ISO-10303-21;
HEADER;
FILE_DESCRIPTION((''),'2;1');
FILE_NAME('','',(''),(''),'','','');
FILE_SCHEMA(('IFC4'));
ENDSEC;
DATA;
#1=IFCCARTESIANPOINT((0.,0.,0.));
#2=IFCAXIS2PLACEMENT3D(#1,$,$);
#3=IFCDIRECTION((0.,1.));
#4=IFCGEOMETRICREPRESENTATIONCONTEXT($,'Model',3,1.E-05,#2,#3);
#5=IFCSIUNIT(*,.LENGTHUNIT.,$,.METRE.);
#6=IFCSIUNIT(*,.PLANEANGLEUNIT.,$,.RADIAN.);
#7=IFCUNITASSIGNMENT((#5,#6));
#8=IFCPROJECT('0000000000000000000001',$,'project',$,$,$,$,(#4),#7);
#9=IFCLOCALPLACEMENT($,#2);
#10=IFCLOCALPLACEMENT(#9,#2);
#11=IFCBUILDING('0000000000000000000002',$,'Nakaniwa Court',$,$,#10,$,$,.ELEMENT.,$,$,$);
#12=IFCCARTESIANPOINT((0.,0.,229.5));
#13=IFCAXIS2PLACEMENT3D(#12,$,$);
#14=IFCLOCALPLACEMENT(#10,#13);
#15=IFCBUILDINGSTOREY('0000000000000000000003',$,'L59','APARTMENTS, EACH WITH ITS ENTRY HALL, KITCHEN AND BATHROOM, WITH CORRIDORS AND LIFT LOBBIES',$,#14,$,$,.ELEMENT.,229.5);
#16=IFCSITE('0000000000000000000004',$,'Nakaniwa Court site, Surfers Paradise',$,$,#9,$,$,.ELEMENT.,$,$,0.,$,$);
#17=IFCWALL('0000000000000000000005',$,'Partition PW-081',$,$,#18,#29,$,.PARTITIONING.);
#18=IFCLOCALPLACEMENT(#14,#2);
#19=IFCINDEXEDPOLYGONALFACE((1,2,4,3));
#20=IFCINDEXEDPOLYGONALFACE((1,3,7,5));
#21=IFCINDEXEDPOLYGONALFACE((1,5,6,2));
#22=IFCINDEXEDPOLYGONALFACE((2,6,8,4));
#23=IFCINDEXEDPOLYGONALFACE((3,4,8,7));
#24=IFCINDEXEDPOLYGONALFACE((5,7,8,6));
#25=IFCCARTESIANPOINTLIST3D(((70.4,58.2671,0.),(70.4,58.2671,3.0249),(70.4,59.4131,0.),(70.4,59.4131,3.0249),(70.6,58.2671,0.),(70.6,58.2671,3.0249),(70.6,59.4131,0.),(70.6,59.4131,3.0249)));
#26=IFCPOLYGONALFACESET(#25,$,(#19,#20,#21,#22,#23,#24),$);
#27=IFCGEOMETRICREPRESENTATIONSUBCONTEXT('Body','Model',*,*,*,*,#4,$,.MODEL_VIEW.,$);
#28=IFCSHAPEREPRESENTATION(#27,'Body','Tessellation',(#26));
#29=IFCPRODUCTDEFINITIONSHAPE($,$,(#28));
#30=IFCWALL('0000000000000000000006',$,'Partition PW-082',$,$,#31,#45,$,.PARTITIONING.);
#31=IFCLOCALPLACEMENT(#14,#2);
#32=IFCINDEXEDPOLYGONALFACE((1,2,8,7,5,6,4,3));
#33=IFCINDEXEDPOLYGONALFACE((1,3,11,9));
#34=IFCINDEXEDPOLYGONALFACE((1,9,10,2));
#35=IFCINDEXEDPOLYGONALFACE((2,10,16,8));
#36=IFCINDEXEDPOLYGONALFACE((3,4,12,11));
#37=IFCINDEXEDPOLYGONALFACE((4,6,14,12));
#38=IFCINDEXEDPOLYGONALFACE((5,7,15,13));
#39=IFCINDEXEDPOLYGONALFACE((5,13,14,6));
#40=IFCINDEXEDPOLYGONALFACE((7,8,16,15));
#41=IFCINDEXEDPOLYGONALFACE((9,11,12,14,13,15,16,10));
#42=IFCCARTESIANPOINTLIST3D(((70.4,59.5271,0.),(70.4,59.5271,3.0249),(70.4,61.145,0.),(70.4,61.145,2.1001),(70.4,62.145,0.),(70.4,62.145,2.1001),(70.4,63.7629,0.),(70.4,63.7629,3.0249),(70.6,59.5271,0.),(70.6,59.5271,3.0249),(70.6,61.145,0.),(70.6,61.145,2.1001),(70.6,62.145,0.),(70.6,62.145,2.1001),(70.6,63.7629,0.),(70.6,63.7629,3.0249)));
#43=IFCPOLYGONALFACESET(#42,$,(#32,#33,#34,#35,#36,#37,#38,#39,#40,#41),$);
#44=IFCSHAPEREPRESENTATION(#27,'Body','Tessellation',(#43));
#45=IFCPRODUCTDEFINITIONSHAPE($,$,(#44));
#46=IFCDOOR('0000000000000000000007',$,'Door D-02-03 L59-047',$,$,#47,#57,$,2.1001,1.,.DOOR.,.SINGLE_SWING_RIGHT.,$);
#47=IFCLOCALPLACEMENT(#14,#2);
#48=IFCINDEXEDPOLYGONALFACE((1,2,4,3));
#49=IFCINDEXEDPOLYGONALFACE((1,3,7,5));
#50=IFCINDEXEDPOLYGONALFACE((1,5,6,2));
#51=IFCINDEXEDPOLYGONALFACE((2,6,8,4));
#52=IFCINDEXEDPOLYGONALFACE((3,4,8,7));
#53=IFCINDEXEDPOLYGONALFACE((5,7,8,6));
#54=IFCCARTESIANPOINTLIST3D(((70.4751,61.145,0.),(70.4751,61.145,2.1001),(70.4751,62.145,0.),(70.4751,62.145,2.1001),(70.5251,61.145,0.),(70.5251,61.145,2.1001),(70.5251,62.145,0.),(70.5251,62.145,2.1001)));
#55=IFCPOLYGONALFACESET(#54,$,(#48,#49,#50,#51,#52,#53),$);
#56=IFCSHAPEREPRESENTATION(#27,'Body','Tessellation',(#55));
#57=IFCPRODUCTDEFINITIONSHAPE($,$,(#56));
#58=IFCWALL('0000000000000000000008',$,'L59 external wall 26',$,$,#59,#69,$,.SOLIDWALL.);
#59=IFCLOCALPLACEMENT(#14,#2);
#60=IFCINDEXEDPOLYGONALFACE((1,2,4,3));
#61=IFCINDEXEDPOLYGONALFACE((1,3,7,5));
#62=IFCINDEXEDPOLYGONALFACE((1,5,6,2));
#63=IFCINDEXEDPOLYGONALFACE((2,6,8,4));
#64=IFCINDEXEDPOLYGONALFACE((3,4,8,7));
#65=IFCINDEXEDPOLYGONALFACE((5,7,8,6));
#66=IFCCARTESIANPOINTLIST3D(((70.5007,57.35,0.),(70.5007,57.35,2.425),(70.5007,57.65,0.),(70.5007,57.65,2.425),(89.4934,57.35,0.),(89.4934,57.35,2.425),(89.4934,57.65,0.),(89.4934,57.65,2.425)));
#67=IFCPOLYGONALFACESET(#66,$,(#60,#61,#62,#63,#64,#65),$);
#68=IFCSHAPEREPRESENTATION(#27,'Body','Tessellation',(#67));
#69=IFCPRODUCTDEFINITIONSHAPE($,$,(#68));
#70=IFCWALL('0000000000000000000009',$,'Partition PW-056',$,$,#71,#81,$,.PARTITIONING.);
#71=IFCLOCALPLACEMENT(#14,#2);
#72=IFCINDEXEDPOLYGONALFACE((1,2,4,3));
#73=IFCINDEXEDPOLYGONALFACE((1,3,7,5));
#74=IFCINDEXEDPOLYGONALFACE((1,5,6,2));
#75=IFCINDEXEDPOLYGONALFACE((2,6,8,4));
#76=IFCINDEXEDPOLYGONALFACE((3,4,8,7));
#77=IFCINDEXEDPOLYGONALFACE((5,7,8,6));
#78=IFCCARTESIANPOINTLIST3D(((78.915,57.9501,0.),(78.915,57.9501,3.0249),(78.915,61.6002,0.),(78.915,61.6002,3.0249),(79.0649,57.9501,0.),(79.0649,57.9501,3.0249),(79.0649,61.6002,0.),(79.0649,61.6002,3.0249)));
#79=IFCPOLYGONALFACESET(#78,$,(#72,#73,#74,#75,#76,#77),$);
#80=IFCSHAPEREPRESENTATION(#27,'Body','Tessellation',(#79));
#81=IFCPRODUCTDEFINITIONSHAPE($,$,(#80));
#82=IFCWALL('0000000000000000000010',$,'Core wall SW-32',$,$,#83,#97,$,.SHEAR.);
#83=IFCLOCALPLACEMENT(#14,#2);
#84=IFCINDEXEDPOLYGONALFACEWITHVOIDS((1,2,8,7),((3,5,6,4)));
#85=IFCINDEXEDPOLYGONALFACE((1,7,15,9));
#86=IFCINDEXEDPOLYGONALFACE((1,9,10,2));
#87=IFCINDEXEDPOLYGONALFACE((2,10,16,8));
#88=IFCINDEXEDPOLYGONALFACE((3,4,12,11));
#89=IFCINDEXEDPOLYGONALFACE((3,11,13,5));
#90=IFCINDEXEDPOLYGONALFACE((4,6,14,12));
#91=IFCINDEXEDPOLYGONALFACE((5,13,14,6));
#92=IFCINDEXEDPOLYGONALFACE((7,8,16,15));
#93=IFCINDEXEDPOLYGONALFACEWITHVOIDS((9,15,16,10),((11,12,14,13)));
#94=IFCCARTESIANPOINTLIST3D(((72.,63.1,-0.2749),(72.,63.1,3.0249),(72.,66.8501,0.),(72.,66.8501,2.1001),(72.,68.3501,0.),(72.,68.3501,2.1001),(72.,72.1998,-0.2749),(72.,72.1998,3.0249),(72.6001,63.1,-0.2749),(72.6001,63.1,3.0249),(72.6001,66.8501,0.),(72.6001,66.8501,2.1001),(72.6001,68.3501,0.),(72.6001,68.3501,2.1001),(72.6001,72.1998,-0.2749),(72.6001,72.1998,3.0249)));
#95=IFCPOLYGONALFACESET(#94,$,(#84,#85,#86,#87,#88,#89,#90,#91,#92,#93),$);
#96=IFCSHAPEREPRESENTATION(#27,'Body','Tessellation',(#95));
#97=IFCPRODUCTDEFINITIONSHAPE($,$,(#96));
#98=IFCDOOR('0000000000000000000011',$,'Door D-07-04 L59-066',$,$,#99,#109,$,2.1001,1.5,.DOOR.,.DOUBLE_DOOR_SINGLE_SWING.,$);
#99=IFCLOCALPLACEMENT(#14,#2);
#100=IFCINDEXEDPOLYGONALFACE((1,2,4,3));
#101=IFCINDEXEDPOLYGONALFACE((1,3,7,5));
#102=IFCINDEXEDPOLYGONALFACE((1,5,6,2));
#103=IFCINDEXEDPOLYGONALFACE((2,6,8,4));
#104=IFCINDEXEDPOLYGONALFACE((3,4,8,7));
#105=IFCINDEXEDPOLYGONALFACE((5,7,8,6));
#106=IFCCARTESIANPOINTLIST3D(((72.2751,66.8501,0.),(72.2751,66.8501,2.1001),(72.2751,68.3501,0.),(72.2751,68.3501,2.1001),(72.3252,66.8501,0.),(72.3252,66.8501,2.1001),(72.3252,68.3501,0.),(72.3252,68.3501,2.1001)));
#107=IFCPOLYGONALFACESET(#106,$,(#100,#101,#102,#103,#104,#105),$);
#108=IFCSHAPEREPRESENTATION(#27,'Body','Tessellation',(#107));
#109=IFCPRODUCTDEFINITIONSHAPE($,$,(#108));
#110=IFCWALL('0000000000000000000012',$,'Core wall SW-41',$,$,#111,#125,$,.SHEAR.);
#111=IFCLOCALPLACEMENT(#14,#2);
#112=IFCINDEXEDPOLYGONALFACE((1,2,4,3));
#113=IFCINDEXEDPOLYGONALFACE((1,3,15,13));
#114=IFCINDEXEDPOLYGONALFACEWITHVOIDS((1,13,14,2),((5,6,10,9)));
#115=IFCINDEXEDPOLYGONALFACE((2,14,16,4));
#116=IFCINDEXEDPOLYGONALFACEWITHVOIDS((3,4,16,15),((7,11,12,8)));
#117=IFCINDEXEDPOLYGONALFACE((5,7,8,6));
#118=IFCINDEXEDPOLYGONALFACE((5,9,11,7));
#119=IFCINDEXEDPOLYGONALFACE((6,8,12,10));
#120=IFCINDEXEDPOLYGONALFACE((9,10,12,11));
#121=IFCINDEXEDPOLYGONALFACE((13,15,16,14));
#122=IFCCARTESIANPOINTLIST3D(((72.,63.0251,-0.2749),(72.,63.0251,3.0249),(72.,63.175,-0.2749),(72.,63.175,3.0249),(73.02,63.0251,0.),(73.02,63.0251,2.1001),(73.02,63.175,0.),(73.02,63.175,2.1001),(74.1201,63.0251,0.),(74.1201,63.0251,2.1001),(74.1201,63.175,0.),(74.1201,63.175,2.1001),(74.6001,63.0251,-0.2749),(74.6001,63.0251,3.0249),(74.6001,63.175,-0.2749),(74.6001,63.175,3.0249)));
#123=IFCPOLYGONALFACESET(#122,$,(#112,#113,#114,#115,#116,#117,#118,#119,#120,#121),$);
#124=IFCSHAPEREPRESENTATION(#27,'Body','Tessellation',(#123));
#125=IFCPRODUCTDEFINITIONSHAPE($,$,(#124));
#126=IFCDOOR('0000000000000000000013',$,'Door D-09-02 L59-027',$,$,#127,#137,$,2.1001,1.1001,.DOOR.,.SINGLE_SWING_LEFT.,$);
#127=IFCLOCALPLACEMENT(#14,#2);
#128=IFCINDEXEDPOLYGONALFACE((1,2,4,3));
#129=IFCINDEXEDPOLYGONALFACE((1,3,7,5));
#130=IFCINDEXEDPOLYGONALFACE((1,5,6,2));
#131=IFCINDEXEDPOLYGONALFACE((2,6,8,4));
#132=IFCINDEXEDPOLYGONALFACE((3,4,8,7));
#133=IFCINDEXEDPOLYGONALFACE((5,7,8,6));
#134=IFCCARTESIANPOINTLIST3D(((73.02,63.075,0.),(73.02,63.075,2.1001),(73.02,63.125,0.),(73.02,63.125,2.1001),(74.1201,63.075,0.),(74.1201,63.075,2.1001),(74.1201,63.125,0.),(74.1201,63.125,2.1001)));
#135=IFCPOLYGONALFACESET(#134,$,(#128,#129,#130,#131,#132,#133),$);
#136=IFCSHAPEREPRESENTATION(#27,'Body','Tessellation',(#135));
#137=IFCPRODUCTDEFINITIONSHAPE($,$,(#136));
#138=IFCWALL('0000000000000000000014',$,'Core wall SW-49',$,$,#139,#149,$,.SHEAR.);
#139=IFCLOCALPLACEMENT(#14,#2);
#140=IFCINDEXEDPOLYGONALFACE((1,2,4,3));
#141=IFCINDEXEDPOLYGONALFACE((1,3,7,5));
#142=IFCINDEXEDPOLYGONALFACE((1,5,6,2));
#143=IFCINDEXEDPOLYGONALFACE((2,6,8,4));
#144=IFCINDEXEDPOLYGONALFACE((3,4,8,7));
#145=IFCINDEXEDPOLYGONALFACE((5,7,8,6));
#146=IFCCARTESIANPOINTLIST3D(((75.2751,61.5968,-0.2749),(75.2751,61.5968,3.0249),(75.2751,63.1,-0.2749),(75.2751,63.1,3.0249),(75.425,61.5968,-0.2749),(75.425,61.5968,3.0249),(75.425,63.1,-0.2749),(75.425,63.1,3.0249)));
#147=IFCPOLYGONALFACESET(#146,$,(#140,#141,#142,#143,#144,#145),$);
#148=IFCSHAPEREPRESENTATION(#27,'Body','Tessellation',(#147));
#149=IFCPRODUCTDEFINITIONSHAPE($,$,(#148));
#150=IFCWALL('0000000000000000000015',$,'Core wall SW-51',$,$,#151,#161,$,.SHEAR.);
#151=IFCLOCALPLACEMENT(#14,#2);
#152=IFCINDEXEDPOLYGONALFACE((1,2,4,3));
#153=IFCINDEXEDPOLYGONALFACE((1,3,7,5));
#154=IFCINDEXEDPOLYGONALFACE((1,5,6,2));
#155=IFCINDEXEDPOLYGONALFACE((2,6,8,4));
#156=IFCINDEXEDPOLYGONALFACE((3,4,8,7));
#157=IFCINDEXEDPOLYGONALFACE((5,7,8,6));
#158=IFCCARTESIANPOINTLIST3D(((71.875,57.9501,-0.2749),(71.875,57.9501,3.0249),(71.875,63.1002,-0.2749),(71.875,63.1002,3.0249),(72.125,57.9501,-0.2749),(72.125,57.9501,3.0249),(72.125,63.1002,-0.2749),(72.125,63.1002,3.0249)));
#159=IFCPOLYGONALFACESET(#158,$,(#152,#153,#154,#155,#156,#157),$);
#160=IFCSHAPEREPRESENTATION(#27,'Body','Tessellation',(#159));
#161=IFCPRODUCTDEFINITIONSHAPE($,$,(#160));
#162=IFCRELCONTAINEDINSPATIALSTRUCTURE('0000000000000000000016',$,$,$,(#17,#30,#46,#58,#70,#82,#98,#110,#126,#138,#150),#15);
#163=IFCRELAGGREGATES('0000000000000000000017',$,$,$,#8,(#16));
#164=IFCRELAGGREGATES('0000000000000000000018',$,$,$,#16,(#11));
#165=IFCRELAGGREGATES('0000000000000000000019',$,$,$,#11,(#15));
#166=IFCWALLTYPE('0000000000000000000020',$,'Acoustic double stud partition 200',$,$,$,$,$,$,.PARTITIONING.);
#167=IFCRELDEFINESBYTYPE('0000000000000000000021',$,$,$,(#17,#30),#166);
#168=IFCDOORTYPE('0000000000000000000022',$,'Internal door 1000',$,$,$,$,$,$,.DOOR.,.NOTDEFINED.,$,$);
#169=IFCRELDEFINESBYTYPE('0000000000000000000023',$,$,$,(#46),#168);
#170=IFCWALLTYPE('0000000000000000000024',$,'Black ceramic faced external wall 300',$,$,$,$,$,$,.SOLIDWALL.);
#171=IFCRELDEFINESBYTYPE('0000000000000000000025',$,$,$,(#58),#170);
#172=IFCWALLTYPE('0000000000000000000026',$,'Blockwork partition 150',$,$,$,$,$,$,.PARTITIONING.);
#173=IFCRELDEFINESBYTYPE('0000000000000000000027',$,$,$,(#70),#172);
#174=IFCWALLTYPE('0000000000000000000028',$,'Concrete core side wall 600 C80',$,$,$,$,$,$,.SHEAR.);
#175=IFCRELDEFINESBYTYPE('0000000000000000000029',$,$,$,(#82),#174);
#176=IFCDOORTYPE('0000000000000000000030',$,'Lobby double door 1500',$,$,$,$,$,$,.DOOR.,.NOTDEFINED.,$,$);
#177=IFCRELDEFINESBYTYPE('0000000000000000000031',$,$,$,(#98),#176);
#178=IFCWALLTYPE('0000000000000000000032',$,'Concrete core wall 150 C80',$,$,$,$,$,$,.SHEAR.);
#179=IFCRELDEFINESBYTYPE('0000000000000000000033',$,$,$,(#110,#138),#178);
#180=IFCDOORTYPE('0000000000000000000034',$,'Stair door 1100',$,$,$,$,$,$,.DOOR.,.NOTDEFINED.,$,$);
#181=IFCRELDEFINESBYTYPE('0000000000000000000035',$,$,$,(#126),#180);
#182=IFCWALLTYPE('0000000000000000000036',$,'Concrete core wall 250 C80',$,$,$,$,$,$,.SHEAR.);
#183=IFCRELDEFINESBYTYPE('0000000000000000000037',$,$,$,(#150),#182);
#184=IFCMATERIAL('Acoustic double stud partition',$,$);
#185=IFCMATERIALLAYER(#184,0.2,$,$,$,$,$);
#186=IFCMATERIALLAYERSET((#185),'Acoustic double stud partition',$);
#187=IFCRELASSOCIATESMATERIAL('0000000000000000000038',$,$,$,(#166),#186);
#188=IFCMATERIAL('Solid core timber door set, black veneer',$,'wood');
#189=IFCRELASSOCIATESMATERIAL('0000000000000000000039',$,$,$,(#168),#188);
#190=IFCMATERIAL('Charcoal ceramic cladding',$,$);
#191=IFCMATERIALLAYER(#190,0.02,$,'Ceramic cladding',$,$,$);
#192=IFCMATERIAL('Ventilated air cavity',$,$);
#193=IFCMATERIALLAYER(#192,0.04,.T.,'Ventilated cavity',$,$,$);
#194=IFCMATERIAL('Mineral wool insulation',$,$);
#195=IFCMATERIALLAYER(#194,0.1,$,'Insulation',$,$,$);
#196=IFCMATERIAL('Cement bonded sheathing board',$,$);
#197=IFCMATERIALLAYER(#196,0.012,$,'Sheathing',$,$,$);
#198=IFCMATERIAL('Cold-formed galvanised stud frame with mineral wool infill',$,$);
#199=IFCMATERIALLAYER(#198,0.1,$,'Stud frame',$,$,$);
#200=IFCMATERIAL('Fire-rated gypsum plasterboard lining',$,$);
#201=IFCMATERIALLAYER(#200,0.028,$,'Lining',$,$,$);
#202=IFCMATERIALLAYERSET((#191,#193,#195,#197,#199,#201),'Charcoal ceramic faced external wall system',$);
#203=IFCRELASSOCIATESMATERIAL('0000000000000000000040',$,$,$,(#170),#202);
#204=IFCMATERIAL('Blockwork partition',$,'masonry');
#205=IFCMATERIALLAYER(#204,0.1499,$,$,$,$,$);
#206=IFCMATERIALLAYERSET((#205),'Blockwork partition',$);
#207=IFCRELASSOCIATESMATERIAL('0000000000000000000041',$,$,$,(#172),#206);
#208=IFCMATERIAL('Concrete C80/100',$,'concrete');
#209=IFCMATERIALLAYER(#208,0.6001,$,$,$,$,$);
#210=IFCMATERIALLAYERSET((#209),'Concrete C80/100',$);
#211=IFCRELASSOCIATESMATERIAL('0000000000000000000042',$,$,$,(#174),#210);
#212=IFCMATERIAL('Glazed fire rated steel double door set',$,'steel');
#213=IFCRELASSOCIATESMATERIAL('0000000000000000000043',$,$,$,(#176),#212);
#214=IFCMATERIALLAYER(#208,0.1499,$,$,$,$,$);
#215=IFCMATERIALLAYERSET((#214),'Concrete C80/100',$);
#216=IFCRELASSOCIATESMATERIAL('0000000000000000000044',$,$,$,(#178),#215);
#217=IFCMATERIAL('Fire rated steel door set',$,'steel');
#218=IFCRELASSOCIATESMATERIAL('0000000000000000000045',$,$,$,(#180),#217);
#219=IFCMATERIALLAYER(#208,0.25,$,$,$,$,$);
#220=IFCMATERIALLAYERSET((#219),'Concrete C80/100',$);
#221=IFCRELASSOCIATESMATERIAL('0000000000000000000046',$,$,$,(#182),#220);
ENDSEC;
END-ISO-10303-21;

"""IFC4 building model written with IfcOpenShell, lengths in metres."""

from ifc_helpers import new_model, si_unit, direction, frame, frame_2d, origin, place, context, subcontext, project, spatial, rectangle, extrude, material, layer, layer_set, type_object, element, fill, save


model = new_model("IFC4")

# Units and contexts
model_context = context("Model", 3, precision=1e-05, world=origin(), true_north=direction((0.0, 1.0)))
body_context = subcontext(model_context, "Body", "Model", "MODEL_VIEW")
ifc_project = project(units=[si_unit("LENGTHUNIT", "METRE"), si_unit("PLANEANGLEUNIT", "RADIAN")], contexts=[model_context])

# Site, building, storey
site_placement = place(None, origin())
site = spatial("IfcSite", under=ifc_project, at=site_placement, Name="Nakaniwa Court site, Surfers Paradise", CompositionType="ELEMENT", RefElevation=0.0)
building_placement = place(site_placement, origin())
building = spatial("IfcBuilding", under=site, at=building_placement, Name="Nakaniwa Court", CompositionType="ELEMENT")
storey_placement = place(building_placement, frame((0.0, 0.0, 229.5)))
storey = spatial("IfcBuildingStorey", under=building, at=storey_placement, Name="L59", Description="APARTMENTS, EACH WITH ITS ENTRY HALL, KITCHEN AND BATHROOM, WITH CORRIDORS AND LIFT LOBBIES", CompositionType="ELEMENT", Elevation=229.5)

# Wall
ifc_material_1 = material(Name="Acoustic double stud partition")
ifc_layer_1 = layer(ifc_material_1, 0.2)
ifc_layer_set_1 = layer_set([ifc_layer_1], Name="Acoustic double stud partition")
wall_type_1 = type_object("IfcWallType", Name="Acoustic double stud partition 200", PredefinedType="PARTITIONING", material=ifc_layer_set_1)
wall_1_placement = place(storey_placement, frame((70.5, 58.2671, 0.0), z_axis=(0.0, 0.0, 1.0), x_axis=(0.0, 1.0, 0.0)))
element("IfcWall", 1, at=wall_1_placement, inside=storey, type_object=wall_type_1, Name="Partition PW-081", PredefinedType="PARTITIONING", context=body_context, shape_type="SweptSolid", body=[
    extrude(rectangle(XDim=1.146, YDim=0.2, at=frame_2d((0.573, 0.0))), origin(), (0.0, 0.0, 1.0), 3.0249),
])

# Wall, opening, door
wall_2_placement = place(storey_placement, frame((70.5, 59.5271, 0.0), z_axis=(0.0, 0.0, 1.0), x_axis=(0.0, 1.0, 0.0)))
wall_2 = element("IfcWall", 2, at=wall_2_placement, inside=storey, type_object=wall_type_1, Name="Partition PW-082", PredefinedType="PARTITIONING", context=body_context, shape_type="SweptSolid", body=[
    extrude(rectangle(XDim=4.2358, YDim=0.2, at=frame_2d((2.1179, 0.0))), origin(), (0.0, 0.0, 1.0), 3.0249),
])
opening_1_placement = place(wall_2_placement, frame((1.6179, 0.0, 0.0)))
opening_1 = element("IfcOpeningElement", 3, at=opening_1_placement, cuts=wall_2, PredefinedType="OPENING", context=body_context, shape_type="SweptSolid", body=[
    extrude(rectangle(XDim=1.0, YDim=2.1001, at=frame_2d((0.5, 1.05))), frame((0.0, 0.1099, 0.0), z_axis=(0.0, -1.0, 0.0), x_axis=(1.0, 0.0, 0.0)), (0.0, 0.0, 1.0), 0.22),
])
ifc_material_2 = material(Name="Solid core timber door set, black veneer", Category="wood")
door_type_1 = type_object("IfcDoorType", Name="Internal door 1000", OperationType="NOTDEFINED", PredefinedType="DOOR", material=ifc_material_2)
door_1_placement = place(opening_1_placement, origin())
door_1 = element("IfcDoor", 4, at=door_1_placement, inside=storey, type_object=door_type_1, Name="Door D-02-03 L59-047", OperationType="SINGLE_SWING_RIGHT", OverallHeight=2.1001, OverallWidth=1.0, PredefinedType="DOOR", context=body_context, shape_type="SweptSolid", body=[
    extrude(rectangle(XDim=1.0, YDim=2.1001, at=frame_2d((0.5, 1.05))), frame((0.0, 0.0249, 0.0), z_axis=(0.0, -1.0, 0.0), x_axis=(1.0, 0.0, 0.0)), (0.0, 0.0, 1.0), 0.05),
])
fill(opening_1, door_1)

# Walls
ifc_material_3 = material(Name="Charcoal ceramic cladding")
ifc_layer_2 = layer(ifc_material_3, 0.02, Name="Ceramic cladding")
ifc_material_4 = material(Name="Ventilated air cavity")
ifc_layer_3 = layer(ifc_material_4, 0.04, ventilated=True, Name="Ventilated cavity")
ifc_material_5 = material(Name="Mineral wool insulation")
ifc_layer_4 = layer(ifc_material_5, 0.1, Name="Insulation")
ifc_material_6 = material(Name="Cement bonded sheathing board")
ifc_layer_5 = layer(ifc_material_6, 0.012, Name="Sheathing")
ifc_material_7 = material(Name="Cold-formed galvanised stud frame with mineral wool infill")
ifc_layer_6 = layer(ifc_material_7, 0.1, Name="Stud frame")
ifc_material_8 = material(Name="Fire-rated gypsum plasterboard lining")
ifc_layer_7 = layer(ifc_material_8, 0.028, Name="Lining")
ifc_layer_set_2 = layer_set([ifc_layer_2, ifc_layer_3, ifc_layer_4, ifc_layer_5, ifc_layer_6, ifc_layer_7], Name="Charcoal ceramic faced external wall system")
wall_type_2 = type_object("IfcWallType", Name="Black ceramic faced external wall 300", PredefinedType="SOLIDWALL", material=ifc_layer_set_2)
wall_3_placement = place(storey_placement, frame((70.5007, 57.5, 0.0), z_axis=(0.0, 0.0, 1.0), x_axis=(1.0, 0.0, 0.0)))
element("IfcWall", 5, at=wall_3_placement, inside=storey, type_object=wall_type_2, Name="L59 external wall 26", PredefinedType="SOLIDWALL", context=body_context, shape_type="SweptSolid", body=[
    extrude(rectangle(XDim=18.9927, YDim=0.3, at=frame_2d((9.4963, 0.0))), origin(), (0.0, 0.0, 1.0), 2.425),
])
ifc_material_9 = material(Name="Blockwork partition", Category="masonry")
ifc_layer_8 = layer(ifc_material_9, 0.1499)
ifc_layer_set_3 = layer_set([ifc_layer_8], Name="Blockwork partition")
wall_type_3 = type_object("IfcWallType", Name="Blockwork partition 150", PredefinedType="PARTITIONING", material=ifc_layer_set_3)
wall_4_placement = place(storey_placement, frame((78.99, 57.95, 0.0), z_axis=(0.0, 0.0, 1.0), x_axis=(0.0, 1.0, 0.0)))
element("IfcWall", 6, at=wall_4_placement, inside=storey, type_object=wall_type_3, Name="Partition PW-056", PredefinedType="PARTITIONING", context=body_context, shape_type="SweptSolid", body=[
    extrude(rectangle(XDim=3.6501, YDim=0.1499, at=frame_2d((1.8252, 0.0))), origin(), (0.0, 0.0, 1.0), 3.0249),
])

# Walls, openings, doors
ifc_material_10 = material(Name="Concrete C80/100", Category="concrete")
ifc_layer_9 = layer(ifc_material_10, 0.6001)
ifc_layer_set_4 = layer_set([ifc_layer_9], Name="Concrete C80/100")
wall_type_4 = type_object("IfcWallType", Name="Concrete core side wall 600 C80", PredefinedType="SHEAR", material=ifc_layer_set_4)
wall_5_placement = place(storey_placement, frame((72.3, 63.1001, -0.2749), z_axis=(0.0, 0.0, 1.0), x_axis=(0.0, 1.0, 0.0)))
wall_5 = element("IfcWall", 7, at=wall_5_placement, inside=storey, type_object=wall_type_4, Name="Core wall SW-32", PredefinedType="SHEAR", context=body_context, shape_type="SweptSolid", body=[
    extrude(rectangle(XDim=9.0999, YDim=0.6001, at=frame_2d((4.5498, 0.0))), origin(), (0.0, 0.0, 1.0), 3.2998),
])
opening_2_placement = place(wall_5_placement, frame((3.75, 0.0, 0.2749)))
opening_2 = element("IfcOpeningElement", 8, at=opening_2_placement, cuts=wall_5, PredefinedType="OPENING", context=body_context, shape_type="SweptSolid", body=[
    extrude(rectangle(XDim=1.5, YDim=2.1001, at=frame_2d((0.75, 1.05))), frame((0.0, 0.3101, 0.0), z_axis=(0.0, -1.0, 0.0), x_axis=(1.0, 0.0, 0.0)), (0.0, 0.0, 1.0), 0.6201),
])
ifc_material_11 = material(Name="Glazed fire rated steel double door set", Category="steel")
door_type_2 = type_object("IfcDoorType", Name="Lobby double door 1500", OperationType="NOTDEFINED", PredefinedType="DOOR", material=ifc_material_11)
door_2_placement = place(opening_2_placement, origin())
door_2 = element("IfcDoor", 9, at=door_2_placement, inside=storey, type_object=door_type_2, Name="Door D-07-04 L59-066", OperationType="DOUBLE_DOOR_SINGLE_SWING", OverallHeight=2.1001, OverallWidth=1.5, PredefinedType="DOOR", context=body_context, shape_type="SweptSolid", body=[
    extrude(rectangle(XDim=1.5, YDim=2.1001, at=frame_2d((0.75, 1.05))), frame((0.0, 0.0249, 0.0), z_axis=(0.0, -1.0, 0.0), x_axis=(1.0, 0.0, 0.0)), (0.0, 0.0, 1.0), 0.05),
])
fill(opening_2, door_2)
ifc_layer_10 = layer(ifc_material_10, 0.1499)
ifc_layer_set_5 = layer_set([ifc_layer_10], Name="Concrete C80/100")
wall_type_5 = type_object("IfcWallType", Name="Concrete core wall 150 C80", PredefinedType="SHEAR", material=ifc_layer_set_5)
wall_6_placement = place(storey_placement, frame((72.0, 63.1001, -0.2749), z_axis=(0.0, 0.0, 1.0), x_axis=(1.0, 0.0, 0.0)))
wall_6 = element("IfcWall", 10, at=wall_6_placement, inside=storey, type_object=wall_type_5, Name="Core wall SW-41", PredefinedType="SHEAR", context=body_context, shape_type="SweptSolid", body=[
    extrude(rectangle(XDim=2.6001, YDim=0.1499, at=frame_2d((1.3, 0.0))), origin(), (0.0, 0.0, 1.0), 3.2998),
])
opening_3_placement = place(wall_6_placement, frame((1.02, 0.0, 0.2749)))
opening_3 = element("IfcOpeningElement", 11, at=opening_3_placement, cuts=wall_6, PredefinedType="OPENING", context=body_context, shape_type="SweptSolid", body=[
    extrude(rectangle(XDim=1.1001, YDim=2.1001, at=frame_2d((0.55, 1.05))), frame((0.0, 0.085, 0.0), z_axis=(0.0, -1.0, 0.0), x_axis=(1.0, 0.0, 0.0)), (0.0, 0.0, 1.0), 0.1699),
])
ifc_material_12 = material(Name="Fire rated steel door set", Category="steel")
door_type_3 = type_object("IfcDoorType", Name="Stair door 1100", OperationType="NOTDEFINED", PredefinedType="DOOR", material=ifc_material_12)
door_3_placement = place(opening_3_placement, origin())
door_3 = element("IfcDoor", 12, at=door_3_placement, inside=storey, type_object=door_type_3, Name="Door D-09-02 L59-027", OperationType="SINGLE_SWING_LEFT", OverallHeight=2.1001, OverallWidth=1.1001, PredefinedType="DOOR", context=body_context, shape_type="SweptSolid", body=[
    extrude(rectangle(XDim=1.1001, YDim=2.1001, at=frame_2d((0.55, 1.05))), frame((0.0, 0.0249, 0.0), z_axis=(0.0, -1.0, 0.0), x_axis=(1.0, 0.0, 0.0)), (0.0, 0.0, 1.0), 0.05),
])
fill(opening_3, door_3)

# Walls
wall_7_placement = place(storey_placement, frame((75.3501, 61.5969, -0.2749), z_axis=(0.0, 0.0, 1.0), x_axis=(0.0, 1.0, 0.0)))
element("IfcWall", 13, at=wall_7_placement, inside=storey, type_object=wall_type_5, Name="Core wall SW-49", PredefinedType="SHEAR", context=body_context, shape_type="SweptSolid", body=[
    extrude(rectangle(XDim=1.5032, YDim=0.1499, at=frame_2d((0.7515, 0.0))), origin(), (0.0, 0.0, 1.0), 3.2998),
])
ifc_layer_11 = layer(ifc_material_10, 0.25)
ifc_layer_set_6 = layer_set([ifc_layer_11], Name="Concrete C80/100")
wall_type_6 = type_object("IfcWallType", Name="Concrete core wall 250 C80", PredefinedType="SHEAR", material=ifc_layer_set_6)
wall_8_placement = place(storey_placement, frame((72.0, 57.95, -0.2749), z_axis=(0.0, 0.0, 1.0), x_axis=(0.0, 1.0, 0.0)))
element("IfcWall", 14, at=wall_8_placement, inside=storey, type_object=wall_type_6, Name="Core wall SW-51", PredefinedType="SHEAR", context=body_context, shape_type="SweptSolid", body=[
    extrude(rectangle(XDim=5.1501, YDim=0.25, at=frame_2d((2.5752, 0.0))), origin(), (0.0, 0.0, 1.0), 3.2998),
])

save(model, "model.ifc")
